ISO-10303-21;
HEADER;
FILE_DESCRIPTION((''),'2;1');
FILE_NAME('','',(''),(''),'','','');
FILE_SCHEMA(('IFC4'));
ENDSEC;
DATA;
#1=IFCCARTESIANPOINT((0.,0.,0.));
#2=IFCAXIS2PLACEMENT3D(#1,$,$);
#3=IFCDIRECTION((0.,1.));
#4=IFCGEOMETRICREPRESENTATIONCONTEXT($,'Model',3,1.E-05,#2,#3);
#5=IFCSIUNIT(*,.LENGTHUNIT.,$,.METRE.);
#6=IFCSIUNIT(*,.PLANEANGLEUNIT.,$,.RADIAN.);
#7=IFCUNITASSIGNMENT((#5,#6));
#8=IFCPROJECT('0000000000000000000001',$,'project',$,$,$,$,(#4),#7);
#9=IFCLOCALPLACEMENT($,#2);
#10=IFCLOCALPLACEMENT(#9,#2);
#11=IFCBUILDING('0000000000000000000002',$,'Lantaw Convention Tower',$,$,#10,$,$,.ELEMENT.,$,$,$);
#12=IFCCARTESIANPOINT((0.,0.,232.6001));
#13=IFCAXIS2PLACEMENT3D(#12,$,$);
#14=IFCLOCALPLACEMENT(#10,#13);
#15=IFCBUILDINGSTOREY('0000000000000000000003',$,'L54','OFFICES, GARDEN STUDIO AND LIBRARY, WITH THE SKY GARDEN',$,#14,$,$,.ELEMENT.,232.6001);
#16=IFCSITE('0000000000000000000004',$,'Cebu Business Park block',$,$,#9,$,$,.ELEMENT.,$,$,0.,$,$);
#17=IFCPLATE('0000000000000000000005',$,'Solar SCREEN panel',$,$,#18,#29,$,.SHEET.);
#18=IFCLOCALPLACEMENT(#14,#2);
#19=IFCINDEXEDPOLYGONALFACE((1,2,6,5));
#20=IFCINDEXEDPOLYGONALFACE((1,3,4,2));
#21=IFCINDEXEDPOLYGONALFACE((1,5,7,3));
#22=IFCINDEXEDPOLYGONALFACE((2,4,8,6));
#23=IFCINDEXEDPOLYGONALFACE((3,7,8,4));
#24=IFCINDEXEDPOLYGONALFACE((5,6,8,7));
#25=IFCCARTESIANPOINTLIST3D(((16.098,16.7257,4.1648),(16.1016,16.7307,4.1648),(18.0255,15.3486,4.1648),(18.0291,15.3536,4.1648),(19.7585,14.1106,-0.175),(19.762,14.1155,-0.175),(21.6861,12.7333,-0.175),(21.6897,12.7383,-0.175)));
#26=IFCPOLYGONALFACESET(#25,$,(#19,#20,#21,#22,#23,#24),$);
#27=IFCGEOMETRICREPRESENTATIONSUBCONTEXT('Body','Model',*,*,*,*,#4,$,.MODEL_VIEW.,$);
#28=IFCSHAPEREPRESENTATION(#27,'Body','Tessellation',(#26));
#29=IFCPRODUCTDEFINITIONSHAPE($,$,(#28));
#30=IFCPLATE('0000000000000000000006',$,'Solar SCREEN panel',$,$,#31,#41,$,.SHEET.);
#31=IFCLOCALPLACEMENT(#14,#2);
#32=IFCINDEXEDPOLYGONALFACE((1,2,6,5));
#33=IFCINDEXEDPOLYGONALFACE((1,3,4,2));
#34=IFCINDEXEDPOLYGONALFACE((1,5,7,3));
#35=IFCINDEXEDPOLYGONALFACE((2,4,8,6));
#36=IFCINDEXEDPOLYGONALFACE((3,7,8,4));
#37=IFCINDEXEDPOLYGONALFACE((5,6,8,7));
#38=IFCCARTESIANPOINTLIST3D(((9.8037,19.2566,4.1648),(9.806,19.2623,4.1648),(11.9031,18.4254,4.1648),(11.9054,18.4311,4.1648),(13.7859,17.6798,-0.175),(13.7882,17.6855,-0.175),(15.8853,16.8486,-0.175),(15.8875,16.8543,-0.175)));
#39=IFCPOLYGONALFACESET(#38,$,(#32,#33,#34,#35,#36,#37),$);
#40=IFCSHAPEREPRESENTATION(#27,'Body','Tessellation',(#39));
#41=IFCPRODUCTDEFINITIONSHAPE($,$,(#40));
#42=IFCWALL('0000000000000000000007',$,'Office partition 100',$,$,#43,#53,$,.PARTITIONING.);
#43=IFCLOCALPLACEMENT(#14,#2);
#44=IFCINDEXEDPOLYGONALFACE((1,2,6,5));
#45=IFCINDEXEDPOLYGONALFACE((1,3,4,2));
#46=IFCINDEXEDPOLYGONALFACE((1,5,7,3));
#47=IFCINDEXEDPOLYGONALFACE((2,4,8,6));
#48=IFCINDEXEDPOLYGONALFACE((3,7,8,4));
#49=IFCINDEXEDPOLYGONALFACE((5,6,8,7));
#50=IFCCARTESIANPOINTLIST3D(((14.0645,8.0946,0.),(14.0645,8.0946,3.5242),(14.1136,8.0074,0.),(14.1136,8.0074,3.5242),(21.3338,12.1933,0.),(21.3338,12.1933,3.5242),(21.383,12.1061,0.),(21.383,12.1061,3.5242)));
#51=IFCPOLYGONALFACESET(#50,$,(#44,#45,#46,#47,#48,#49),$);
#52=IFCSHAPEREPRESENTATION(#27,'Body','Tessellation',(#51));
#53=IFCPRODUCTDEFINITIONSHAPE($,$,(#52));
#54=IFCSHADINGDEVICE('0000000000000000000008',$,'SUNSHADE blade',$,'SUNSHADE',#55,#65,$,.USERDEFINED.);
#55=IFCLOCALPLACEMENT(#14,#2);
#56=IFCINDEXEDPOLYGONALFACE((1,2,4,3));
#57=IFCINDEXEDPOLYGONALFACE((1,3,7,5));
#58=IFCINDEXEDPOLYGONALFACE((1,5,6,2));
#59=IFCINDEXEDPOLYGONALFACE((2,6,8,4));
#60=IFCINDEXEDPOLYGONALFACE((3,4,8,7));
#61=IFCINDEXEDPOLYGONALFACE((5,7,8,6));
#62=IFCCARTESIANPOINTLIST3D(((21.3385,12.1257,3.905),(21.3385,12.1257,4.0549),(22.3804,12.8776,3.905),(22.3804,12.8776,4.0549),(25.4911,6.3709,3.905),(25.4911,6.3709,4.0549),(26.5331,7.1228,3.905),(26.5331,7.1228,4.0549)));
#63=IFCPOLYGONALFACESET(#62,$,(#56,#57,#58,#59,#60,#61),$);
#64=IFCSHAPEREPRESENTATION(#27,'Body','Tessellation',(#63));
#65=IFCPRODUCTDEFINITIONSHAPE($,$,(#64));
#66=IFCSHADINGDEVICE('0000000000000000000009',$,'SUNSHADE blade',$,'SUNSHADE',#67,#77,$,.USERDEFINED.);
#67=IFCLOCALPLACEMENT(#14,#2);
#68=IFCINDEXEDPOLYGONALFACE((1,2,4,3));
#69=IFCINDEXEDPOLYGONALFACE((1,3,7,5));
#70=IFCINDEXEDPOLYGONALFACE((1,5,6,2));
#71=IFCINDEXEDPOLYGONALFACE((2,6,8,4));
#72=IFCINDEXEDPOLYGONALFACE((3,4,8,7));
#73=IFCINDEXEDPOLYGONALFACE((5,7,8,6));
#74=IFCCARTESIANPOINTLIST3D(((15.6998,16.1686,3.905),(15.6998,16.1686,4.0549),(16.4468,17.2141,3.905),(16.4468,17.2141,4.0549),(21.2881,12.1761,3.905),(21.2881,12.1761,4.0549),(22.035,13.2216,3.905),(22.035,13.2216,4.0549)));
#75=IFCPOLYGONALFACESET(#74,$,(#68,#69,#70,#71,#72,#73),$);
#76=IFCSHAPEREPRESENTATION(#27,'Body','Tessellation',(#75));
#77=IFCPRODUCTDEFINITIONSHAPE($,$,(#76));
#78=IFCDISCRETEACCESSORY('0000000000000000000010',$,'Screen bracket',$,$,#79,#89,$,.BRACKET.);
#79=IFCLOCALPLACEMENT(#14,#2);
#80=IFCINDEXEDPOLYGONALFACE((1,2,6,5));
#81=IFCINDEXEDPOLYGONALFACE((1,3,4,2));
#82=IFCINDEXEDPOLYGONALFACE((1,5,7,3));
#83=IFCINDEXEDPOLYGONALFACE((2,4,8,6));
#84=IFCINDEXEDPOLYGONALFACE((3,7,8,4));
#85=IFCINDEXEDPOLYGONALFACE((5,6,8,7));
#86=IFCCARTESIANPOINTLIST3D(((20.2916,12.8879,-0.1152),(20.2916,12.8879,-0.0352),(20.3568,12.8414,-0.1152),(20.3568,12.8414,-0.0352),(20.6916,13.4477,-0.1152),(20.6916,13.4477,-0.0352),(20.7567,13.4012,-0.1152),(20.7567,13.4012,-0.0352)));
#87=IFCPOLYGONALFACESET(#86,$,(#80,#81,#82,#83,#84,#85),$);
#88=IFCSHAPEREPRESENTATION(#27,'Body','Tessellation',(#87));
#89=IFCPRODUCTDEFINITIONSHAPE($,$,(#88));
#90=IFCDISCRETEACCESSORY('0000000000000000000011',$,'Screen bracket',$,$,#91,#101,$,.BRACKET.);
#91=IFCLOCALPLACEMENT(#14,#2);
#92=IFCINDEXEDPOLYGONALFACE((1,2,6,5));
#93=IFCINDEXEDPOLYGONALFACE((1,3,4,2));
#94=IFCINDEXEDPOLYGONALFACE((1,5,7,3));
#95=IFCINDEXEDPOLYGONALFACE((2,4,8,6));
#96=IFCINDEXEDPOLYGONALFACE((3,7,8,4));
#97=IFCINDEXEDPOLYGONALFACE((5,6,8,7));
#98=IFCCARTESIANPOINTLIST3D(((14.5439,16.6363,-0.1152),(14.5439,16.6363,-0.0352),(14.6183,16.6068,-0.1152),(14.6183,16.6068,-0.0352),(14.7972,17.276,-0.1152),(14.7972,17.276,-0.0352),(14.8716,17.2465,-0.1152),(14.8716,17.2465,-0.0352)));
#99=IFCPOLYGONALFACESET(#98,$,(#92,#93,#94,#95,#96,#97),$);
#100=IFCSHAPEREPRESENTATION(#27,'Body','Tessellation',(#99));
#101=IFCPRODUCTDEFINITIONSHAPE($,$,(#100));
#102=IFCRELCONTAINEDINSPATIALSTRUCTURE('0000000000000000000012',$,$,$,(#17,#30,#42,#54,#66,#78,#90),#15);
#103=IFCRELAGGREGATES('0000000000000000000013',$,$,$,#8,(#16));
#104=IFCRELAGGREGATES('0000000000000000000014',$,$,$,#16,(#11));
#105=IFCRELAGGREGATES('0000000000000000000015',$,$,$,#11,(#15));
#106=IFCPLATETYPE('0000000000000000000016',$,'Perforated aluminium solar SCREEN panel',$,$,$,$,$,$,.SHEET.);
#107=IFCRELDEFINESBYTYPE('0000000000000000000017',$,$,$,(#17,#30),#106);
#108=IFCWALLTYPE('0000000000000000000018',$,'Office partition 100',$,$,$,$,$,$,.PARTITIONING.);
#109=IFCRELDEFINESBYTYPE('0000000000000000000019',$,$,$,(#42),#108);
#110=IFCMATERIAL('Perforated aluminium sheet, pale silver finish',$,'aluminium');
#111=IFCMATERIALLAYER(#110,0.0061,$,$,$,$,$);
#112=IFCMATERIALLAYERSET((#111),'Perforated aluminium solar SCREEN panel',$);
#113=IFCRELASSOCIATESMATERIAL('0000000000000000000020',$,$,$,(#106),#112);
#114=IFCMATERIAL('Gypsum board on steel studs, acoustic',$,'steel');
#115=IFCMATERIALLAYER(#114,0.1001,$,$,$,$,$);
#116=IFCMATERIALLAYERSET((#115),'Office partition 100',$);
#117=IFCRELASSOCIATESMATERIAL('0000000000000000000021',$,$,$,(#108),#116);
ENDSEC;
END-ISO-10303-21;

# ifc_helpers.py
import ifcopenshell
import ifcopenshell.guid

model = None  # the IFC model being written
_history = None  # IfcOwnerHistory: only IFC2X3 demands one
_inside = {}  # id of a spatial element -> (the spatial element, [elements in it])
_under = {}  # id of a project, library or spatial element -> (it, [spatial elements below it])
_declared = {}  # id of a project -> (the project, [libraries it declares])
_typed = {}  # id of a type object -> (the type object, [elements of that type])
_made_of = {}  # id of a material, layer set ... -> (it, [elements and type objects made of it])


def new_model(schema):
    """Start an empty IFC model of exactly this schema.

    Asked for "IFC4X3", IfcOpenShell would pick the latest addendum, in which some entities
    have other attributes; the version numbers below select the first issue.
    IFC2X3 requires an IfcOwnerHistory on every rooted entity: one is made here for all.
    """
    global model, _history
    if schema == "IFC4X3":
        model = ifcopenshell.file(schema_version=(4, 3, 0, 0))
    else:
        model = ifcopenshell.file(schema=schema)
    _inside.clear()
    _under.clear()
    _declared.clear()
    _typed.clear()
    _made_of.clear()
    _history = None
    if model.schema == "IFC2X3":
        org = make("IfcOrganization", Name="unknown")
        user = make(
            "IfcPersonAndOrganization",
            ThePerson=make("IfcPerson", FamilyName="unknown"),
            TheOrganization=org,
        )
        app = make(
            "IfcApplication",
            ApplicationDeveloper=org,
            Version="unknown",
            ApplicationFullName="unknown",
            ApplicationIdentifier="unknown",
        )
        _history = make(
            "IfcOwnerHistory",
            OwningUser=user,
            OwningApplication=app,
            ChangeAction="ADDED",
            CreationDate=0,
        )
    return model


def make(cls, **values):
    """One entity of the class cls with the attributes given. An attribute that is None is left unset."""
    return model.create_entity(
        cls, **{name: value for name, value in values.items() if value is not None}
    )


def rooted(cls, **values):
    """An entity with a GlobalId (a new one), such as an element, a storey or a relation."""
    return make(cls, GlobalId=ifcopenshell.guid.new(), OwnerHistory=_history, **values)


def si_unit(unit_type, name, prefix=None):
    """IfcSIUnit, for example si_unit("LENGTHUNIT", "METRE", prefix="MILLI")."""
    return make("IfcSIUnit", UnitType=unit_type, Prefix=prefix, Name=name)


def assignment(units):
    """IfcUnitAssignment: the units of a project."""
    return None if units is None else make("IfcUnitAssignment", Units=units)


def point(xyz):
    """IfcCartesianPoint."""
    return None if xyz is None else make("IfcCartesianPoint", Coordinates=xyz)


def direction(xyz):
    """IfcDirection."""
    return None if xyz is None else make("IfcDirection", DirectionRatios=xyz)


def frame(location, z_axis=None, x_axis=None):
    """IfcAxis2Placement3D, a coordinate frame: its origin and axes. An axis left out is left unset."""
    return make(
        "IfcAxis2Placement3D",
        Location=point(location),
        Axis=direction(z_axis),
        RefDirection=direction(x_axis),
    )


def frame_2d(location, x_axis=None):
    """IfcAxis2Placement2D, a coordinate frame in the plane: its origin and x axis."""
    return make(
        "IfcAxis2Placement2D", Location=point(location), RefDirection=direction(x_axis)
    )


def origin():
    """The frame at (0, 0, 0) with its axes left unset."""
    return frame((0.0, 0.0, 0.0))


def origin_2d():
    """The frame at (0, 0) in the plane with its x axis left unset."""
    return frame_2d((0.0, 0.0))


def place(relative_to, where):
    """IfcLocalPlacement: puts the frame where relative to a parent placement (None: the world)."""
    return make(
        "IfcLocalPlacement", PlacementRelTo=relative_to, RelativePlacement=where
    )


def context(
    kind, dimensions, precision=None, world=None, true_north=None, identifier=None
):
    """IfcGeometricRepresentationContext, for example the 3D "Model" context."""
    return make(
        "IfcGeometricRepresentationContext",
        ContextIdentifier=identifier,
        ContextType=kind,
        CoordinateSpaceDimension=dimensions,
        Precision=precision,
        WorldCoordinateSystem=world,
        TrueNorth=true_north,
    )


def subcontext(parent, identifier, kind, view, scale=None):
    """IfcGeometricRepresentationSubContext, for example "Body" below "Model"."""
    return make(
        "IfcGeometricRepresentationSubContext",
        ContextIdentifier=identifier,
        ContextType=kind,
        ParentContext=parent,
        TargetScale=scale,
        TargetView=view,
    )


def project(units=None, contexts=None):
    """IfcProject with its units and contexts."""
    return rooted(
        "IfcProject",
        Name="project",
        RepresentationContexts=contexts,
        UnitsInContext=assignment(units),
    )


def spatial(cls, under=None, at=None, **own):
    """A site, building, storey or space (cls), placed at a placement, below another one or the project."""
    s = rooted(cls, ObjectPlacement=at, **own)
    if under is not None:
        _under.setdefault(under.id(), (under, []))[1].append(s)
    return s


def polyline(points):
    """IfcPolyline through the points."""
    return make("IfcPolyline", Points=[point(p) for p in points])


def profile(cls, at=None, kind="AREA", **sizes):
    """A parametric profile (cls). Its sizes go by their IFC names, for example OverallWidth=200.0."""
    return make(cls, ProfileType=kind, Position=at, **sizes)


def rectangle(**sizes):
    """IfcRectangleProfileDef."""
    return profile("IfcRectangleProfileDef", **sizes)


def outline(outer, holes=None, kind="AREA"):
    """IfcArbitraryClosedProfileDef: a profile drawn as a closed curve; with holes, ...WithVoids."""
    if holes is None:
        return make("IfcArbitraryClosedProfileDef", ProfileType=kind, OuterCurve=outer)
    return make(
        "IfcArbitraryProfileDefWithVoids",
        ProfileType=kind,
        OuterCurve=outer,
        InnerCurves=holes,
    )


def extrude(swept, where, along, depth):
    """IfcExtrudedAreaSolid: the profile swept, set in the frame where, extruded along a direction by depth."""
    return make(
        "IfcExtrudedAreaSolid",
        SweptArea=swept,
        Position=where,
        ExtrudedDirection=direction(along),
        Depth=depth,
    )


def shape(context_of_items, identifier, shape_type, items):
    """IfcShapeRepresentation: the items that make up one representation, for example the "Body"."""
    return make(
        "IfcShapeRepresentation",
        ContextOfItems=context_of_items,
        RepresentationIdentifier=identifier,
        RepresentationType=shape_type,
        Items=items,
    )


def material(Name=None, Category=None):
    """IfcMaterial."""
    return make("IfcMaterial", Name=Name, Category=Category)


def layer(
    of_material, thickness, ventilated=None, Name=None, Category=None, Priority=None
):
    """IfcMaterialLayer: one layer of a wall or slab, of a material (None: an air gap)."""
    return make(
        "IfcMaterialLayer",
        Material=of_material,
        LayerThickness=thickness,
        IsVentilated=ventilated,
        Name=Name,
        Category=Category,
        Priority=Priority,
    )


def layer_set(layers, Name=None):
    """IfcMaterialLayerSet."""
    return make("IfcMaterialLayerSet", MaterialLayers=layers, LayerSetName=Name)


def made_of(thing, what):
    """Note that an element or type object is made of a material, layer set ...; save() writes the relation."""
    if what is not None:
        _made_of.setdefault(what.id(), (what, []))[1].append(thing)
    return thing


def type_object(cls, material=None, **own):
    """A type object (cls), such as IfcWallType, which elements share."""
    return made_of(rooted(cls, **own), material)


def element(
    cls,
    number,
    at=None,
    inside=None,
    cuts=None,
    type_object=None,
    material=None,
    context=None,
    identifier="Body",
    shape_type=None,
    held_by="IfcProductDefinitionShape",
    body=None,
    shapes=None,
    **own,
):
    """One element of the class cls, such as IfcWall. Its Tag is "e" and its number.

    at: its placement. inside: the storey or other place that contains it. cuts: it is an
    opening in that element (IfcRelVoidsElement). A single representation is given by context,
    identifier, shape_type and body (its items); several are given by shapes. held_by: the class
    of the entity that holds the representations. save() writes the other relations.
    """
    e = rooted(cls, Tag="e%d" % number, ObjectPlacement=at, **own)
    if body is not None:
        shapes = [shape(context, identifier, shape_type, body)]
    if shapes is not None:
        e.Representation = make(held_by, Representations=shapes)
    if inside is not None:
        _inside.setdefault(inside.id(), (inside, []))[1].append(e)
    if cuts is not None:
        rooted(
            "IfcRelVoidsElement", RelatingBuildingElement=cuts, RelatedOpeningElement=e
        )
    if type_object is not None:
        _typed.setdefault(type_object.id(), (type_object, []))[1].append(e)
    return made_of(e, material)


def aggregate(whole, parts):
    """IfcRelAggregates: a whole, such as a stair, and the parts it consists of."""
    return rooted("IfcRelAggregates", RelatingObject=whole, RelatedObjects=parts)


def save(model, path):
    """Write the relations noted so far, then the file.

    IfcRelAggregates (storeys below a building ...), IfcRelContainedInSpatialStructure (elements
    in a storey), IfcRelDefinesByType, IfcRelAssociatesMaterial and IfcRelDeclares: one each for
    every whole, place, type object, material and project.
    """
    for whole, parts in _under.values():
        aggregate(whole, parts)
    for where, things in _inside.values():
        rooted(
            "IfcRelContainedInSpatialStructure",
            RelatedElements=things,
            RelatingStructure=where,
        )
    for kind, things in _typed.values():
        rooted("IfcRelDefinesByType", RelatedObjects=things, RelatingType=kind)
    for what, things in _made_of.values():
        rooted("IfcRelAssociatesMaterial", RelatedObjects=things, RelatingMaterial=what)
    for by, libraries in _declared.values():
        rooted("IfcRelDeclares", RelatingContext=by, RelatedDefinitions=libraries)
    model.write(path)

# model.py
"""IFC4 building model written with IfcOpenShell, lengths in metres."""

from ifc_helpers import new_model, si_unit, direction, frame, frame_2d, origin, origin_2d, place, context, subcontext, project, spatial, polyline, rectangle, outline, extrude, material, layer, layer_set, type_object, element, save


model = new_model("IFC4")

# Units and contexts
model_context = context("Model", 3, precision=1e-05, world=origin(), true_north=direction((0.0, 1.0)))
body_context = subcontext(model_context, "Body", "Model", "MODEL_VIEW")
ifc_project = project(units=[si_unit("LENGTHUNIT", "METRE"), si_unit("PLANEANGLEUNIT", "RADIAN")], contexts=[model_context])

# Site, building, storey
site_placement = place(None, origin())
site = spatial("IfcSite", under=ifc_project, at=site_placement, Name="Cebu Business Park block", CompositionType="ELEMENT", RefElevation=0.0)
building_placement = place(site_placement, origin())
building = spatial("IfcBuilding", under=site, at=building_placement, Name="Lantaw Convention Tower", CompositionType="ELEMENT")
storey_placement = place(building_placement, frame((0.0, 0.0, 232.6001)))
storey = spatial("IfcBuildingStorey", under=building, at=storey_placement, Name="L54", Description="OFFICES, GARDEN STUDIO AND LIBRARY, WITH THE SKY GARDEN", CompositionType="ELEMENT", Elevation=232.6001)

# Plates
ifc_material_1 = material(Name="Perforated aluminium sheet, pale silver finish", Category="aluminium")
ifc_layer_1 = layer(ifc_material_1, 0.0061)
ifc_layer_set_1 = layer_set([ifc_layer_1], Name="Perforated aluminium solar SCREEN panel")
plate_type_1 = type_object("IfcPlateType", Name="Perforated aluminium solar SCREEN panel", PredefinedType="SHEET", material=ifc_layer_set_1)
plate_1_placement = place(storey_placement, frame((21.6897, 12.7383, -0.175), z_axis=(0.581331, 0.813667, 0.00001), x_axis=(-0.813667, 0.581331, 0.0)))
element("IfcPlate", 1, at=plate_1_placement, inside=storey, type_object=plate_type_1, Name="Solar SCREEN panel", PredefinedType="SHEET", context=body_context, shape_type="SweptSolid", body=[
    extrude(outline(polyline([(0.0, 0.0), (2.3691, 0.0), (6.8678, 4.3398), (4.4989, 4.3398), (0.0, 0.0)])), origin(), (0.0, 0.0, -1.0), 0.0061),
])
plate_2_placement = place(storey_placement, frame((15.8853, 16.8486, -0.175), z_axis=(-0.368117, -0.92978, 0.000036), x_axis=(-0.92978, 0.368117, 0.0)))
element("IfcPlate", 2, at=plate_2_placement, inside=storey, type_object=plate_type_1, Name="Solar SCREEN panel", PredefinedType="SHEET", context=body_context, shape_type="SweptSolid", body=[
    extrude(outline(polyline([(0.0, 0.0), (2.2579, 0.0), (6.5409, -4.3398), (4.2829, -4.3398), (0.0, 0.0)])), origin(), (0.0, 0.0, -1.0), 0.0061),
])

# Wall
ifc_material_2 = material(Name="Gypsum board on steel studs, acoustic", Category="steel")
ifc_layer_2 = layer(ifc_material_2, 0.1001)
ifc_layer_set_2 = layer_set([ifc_layer_2], Name="Office partition 100")
wall_type = type_object("IfcWallType", Name="Office partition 100", PredefinedType="PARTITIONING", material=ifc_layer_set_2)
wall_placement = place(storey_placement, frame((21.3584, 12.1497, 0.0), z_axis=(0.0, 0.0, 1.0), x_axis=(-0.871081, -0.49114, 0.0)))
element("IfcWall", 3, at=wall_placement, inside=storey, type_object=wall_type, Name="Office partition 100", PredefinedType="PARTITIONING", context=body_context, shape_type="SweptSolid", body=[
    extrude(rectangle(XDim=8.3452, YDim=0.1001, at=frame_2d((4.1726, 0.0))), origin(), (0.0, 0.0, 1.0), 3.5242),
])

# Shading devices
shading_device_1_placement = place(storey_placement, frame((23.9358, 9.6243, 3.905), z_axis=(0.0, 0.0, 1.0), x_axis=(-0.585158, 0.81092, 0.0)))
element("IfcShadingDevice", 4, at=shading_device_1_placement, inside=storey, Name="SUNSHADE blade", ObjectType="SUNSHADE", PredefinedType="USERDEFINED", context=body_context, shape_type="SweptSolid", body=[
    extrude(rectangle(XDim=7.0967, YDim=1.2849, at=origin_2d()), origin(), (0.0, 0.0, 1.0), 0.1499),
])
shading_device_2_placement = place(storey_placement, frame((18.8674, 14.6951, 3.905), z_axis=(0.0, 0.0, 1.0), x_axis=(-0.813673, 0.581323, 0.0)))
element("IfcShadingDevice", 5, at=shading_device_2_placement, inside=storey, Name="SUNSHADE blade", ObjectType="SUNSHADE", PredefinedType="USERDEFINED", context=body_context, shape_type="SweptSolid", body=[
    extrude(rectangle(XDim=6.8679, YDim=1.2849, at=origin_2d()), origin(), (0.0, 0.0, 1.0), 0.1499),
])

# Discrete accessories
for number, where, z_axis, x_axis, name in (
    (6, (20.5242, 13.1445, -0.1152), (0.0, 0.0, 1.0), (-0.813673, 0.581323, 0.0), "Screen bracket"),
    (7, (14.7078, 16.9414, -0.1152), (0.0, 0.0, 1.0), (-0.929762, 0.368162, 0.0), "Screen bracket"),
):
    element("IfcDiscreteAccessory", number, at=place(storey_placement, frame(where, z_axis=z_axis, x_axis=x_axis)), inside=storey, Name=name, PredefinedType="BRACKET", context=body_context, shape_type="SweptSolid", body=[
        extrude(rectangle(XDim=0.0801, YDim=0.688, at=origin_2d()), origin(), (0.0, 0.0, 1.0), 0.0801),
    ])

save(model, "model.ifc")
